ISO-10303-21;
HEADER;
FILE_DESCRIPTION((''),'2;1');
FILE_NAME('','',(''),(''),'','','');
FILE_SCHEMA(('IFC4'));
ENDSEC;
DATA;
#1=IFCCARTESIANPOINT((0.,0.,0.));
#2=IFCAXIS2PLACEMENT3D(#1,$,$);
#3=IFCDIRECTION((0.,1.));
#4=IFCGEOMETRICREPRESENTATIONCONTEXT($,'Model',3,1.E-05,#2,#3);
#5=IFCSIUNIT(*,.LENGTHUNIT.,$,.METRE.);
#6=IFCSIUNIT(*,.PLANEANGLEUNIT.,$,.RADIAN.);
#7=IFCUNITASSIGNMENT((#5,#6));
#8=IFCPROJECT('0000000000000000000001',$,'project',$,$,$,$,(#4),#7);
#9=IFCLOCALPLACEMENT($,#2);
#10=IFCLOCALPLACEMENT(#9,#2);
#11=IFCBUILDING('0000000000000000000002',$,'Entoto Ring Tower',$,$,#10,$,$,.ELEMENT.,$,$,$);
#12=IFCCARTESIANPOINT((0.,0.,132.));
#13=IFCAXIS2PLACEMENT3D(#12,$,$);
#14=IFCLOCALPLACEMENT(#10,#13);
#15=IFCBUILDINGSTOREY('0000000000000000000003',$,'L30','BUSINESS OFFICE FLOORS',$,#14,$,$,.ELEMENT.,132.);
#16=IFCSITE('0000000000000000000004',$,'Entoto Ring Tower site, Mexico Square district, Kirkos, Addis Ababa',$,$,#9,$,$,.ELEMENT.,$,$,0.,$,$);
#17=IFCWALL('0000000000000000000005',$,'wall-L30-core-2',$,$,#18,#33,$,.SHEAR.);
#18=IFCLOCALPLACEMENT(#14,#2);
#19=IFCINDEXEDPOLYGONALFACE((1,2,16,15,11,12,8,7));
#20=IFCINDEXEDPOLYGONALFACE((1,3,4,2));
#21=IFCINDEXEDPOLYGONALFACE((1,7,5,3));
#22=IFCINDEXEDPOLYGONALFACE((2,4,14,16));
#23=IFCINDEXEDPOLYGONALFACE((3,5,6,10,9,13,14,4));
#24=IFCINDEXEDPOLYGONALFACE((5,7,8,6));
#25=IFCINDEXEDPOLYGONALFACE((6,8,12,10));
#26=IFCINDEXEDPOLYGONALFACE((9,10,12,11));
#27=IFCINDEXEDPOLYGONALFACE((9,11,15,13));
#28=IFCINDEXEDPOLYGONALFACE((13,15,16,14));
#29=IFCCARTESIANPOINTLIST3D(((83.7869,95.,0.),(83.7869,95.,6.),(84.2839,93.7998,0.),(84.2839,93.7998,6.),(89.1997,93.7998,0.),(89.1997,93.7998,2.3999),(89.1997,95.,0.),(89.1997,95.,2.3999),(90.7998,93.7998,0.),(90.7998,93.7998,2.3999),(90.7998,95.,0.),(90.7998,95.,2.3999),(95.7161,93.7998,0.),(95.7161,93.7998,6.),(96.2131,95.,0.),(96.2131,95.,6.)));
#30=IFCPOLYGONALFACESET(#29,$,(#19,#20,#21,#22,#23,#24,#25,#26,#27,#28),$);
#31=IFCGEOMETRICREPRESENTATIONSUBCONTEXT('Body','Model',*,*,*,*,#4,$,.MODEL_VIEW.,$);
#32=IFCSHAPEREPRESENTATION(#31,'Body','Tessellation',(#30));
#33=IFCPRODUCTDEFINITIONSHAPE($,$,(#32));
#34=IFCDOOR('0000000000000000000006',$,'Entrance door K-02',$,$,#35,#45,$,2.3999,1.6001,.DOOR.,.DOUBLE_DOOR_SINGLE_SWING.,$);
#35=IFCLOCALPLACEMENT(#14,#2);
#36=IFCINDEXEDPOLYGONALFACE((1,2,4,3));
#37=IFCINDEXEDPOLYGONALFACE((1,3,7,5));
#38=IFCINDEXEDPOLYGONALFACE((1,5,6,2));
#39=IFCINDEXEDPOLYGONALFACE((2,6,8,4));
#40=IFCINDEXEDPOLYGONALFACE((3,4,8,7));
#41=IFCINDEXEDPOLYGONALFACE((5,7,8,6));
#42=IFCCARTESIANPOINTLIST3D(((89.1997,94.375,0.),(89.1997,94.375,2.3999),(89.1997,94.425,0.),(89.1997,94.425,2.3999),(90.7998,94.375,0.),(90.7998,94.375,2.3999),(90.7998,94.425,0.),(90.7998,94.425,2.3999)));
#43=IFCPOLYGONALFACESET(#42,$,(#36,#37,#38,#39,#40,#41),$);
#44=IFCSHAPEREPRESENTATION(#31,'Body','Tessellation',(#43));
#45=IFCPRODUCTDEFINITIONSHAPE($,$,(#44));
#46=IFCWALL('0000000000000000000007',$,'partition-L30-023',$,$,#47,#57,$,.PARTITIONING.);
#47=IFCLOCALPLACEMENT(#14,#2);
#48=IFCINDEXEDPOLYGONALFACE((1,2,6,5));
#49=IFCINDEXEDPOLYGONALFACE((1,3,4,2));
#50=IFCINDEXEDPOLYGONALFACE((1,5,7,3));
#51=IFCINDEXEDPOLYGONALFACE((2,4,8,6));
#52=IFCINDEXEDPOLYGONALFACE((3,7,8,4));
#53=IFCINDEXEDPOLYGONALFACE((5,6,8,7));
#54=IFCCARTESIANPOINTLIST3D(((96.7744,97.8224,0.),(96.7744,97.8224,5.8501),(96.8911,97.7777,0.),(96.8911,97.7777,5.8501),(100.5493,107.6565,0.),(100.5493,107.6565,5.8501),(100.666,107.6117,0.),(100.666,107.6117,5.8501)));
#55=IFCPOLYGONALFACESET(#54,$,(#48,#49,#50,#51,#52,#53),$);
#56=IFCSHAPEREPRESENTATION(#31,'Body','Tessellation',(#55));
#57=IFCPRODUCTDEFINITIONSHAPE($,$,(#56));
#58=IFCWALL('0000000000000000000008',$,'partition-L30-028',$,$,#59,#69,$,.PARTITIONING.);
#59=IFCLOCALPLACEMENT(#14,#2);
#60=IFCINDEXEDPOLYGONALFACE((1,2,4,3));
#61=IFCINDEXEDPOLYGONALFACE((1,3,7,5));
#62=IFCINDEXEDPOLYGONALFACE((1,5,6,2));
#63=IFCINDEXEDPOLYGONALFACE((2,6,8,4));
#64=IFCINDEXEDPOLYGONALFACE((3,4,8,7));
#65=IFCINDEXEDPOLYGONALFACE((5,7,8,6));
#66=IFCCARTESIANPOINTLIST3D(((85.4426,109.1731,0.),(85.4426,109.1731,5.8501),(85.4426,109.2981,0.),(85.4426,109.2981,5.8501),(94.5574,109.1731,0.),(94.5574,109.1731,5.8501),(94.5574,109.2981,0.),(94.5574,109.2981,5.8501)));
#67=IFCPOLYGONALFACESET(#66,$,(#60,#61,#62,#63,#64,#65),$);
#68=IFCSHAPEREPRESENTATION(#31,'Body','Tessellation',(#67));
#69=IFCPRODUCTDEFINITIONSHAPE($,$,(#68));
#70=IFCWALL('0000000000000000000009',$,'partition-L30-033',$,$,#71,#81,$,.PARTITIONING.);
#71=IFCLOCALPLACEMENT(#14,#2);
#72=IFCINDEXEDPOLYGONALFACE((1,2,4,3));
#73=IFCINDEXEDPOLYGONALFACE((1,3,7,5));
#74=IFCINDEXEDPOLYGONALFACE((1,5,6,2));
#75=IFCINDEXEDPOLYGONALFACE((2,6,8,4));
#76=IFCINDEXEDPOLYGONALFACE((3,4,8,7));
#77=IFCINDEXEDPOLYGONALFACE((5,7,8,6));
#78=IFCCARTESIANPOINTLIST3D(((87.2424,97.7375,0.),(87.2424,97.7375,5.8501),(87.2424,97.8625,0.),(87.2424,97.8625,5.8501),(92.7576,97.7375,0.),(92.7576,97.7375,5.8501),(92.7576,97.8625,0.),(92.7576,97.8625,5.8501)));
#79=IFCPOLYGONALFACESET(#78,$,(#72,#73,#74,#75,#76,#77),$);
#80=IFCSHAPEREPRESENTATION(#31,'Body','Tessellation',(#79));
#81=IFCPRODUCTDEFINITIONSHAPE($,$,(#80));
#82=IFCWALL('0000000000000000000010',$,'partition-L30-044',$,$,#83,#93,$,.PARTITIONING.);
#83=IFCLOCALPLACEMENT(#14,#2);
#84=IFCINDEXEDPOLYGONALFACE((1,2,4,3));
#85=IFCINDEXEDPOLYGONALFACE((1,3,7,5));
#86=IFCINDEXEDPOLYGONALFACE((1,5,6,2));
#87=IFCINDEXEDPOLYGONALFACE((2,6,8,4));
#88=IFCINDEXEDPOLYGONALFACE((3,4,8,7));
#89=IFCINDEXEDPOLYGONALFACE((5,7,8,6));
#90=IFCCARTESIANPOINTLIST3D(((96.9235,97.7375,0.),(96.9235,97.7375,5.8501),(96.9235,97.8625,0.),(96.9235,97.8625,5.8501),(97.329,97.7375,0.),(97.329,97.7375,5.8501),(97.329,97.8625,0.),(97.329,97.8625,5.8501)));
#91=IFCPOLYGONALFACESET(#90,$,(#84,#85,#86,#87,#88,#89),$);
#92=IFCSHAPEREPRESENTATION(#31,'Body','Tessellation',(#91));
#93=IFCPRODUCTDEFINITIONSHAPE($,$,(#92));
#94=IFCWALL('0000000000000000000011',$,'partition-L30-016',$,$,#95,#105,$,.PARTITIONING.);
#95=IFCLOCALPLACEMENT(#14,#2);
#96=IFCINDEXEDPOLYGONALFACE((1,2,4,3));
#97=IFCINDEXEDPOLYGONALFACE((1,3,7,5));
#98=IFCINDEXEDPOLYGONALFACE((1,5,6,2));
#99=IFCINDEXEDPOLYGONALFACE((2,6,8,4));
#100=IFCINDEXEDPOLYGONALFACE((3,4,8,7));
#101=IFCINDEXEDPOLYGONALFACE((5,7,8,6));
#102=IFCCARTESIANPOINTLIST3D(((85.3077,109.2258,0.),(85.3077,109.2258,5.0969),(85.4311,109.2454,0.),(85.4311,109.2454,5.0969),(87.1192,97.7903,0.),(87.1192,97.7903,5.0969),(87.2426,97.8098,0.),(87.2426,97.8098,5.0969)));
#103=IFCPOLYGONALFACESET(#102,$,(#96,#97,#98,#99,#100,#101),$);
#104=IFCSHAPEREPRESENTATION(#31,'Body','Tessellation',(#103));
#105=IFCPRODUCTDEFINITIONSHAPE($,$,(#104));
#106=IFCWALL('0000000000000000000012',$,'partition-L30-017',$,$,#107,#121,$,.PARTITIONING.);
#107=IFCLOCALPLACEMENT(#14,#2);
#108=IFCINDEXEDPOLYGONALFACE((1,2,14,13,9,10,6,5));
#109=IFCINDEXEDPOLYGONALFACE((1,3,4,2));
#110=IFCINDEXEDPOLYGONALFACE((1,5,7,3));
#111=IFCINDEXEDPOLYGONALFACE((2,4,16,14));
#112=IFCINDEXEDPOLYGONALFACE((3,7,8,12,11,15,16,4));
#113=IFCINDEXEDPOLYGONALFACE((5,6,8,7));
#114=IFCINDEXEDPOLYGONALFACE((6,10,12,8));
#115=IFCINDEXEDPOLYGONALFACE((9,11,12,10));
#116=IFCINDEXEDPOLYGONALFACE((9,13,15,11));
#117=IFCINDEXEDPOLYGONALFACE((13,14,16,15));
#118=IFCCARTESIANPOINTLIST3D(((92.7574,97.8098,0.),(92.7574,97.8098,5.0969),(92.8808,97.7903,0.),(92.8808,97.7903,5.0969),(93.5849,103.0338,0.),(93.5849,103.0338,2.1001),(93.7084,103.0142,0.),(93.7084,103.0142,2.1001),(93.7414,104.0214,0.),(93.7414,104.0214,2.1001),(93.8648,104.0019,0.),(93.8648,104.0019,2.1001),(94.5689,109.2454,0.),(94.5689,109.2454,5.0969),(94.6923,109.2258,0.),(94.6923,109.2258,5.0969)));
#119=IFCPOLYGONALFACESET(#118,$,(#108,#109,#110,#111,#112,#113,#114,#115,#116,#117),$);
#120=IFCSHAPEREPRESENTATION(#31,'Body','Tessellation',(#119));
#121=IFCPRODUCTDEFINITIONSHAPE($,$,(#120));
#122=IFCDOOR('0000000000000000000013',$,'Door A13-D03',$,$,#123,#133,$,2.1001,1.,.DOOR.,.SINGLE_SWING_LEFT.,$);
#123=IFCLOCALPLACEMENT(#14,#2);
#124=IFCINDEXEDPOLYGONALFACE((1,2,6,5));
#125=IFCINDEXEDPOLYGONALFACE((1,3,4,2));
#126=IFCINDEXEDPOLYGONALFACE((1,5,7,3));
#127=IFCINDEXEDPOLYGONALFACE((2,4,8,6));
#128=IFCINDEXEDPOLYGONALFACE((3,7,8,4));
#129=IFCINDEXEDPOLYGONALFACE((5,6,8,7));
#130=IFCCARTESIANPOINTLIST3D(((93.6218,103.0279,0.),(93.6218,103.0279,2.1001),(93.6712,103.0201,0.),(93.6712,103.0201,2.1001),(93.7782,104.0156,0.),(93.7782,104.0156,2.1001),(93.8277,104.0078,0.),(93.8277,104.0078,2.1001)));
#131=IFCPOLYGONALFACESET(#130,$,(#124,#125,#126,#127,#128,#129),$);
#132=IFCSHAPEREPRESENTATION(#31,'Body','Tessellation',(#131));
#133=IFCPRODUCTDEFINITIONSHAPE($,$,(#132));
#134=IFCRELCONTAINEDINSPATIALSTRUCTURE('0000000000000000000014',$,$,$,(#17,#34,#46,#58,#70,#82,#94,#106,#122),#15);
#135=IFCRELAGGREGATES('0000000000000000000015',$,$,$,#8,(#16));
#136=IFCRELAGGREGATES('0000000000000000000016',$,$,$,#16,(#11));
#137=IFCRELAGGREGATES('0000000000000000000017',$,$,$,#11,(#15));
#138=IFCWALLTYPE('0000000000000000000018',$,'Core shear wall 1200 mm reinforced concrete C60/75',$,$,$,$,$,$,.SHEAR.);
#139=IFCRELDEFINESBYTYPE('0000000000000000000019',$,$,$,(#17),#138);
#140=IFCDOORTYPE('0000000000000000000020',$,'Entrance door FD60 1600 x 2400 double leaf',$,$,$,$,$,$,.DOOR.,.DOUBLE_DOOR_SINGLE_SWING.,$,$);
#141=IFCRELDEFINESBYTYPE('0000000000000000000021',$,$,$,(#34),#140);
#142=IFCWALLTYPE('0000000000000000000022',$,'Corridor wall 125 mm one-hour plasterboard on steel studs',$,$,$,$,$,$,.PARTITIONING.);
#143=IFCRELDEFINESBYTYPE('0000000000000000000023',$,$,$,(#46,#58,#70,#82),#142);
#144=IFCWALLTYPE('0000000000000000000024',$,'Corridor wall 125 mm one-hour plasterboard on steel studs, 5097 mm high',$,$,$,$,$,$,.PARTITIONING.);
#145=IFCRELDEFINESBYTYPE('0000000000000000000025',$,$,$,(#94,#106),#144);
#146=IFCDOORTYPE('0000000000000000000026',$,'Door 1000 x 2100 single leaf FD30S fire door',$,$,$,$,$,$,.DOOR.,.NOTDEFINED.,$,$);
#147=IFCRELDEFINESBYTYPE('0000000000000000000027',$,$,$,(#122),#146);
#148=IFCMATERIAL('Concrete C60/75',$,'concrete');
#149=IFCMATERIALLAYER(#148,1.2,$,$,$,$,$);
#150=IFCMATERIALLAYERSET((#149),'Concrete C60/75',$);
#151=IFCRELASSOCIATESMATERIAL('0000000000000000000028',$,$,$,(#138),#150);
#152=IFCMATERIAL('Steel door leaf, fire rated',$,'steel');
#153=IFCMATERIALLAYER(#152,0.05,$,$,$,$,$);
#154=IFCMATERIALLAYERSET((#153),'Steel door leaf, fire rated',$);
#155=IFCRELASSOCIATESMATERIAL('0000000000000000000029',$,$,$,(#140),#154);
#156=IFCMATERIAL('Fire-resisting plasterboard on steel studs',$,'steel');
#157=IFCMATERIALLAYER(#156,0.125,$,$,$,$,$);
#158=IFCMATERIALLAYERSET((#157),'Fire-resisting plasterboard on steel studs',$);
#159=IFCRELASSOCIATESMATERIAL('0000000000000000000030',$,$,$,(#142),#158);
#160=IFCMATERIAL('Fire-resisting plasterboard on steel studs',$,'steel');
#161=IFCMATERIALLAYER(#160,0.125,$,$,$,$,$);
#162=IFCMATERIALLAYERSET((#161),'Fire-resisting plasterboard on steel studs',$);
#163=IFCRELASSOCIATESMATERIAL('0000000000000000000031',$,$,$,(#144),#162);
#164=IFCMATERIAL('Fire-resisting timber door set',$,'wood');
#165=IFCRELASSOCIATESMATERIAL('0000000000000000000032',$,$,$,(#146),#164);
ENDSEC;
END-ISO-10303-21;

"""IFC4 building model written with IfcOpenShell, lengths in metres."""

from ifc_helpers import new_model, si_unit, direction, frame, frame_2d, origin, place, context, subcontext, project, spatial, polyline, rectangle, outline, extrude, material, layer, layer_set, type_object, element, fill, save


model = new_model("IFC4")

# Units and contexts
model_context = context("Model", 3, precision=1e-05, world=origin(), true_north=direction((0.0, 1.0)))
body_context = subcontext(model_context, "Body", "Model", "MODEL_VIEW")
ifc_project = project(units=[si_unit("LENGTHUNIT", "METRE"), si_unit("PLANEANGLEUNIT", "RADIAN")], contexts=[model_context])

# Site, building, storey
site_placement = place(None, origin())
site = spatial("IfcSite", under=ifc_project, at=site_placement, Name="Entoto Ring Tower site, Mexico Square district, Kirkos, Addis Ababa", CompositionType="ELEMENT", RefElevation=0.0)
building_placement = place(site_placement, origin())
building = spatial("IfcBuilding", under=site, at=building_placement, Name="Entoto Ring Tower", CompositionType="ELEMENT")
storey_placement = place(building_placement, frame((0.0, 0.0, 132.0)))
storey = spatial("IfcBuildingStorey", under=building, at=storey_placement, Name="L30", Description="BUSINESS OFFICE FLOORS", CompositionType="ELEMENT", Elevation=132.0)

# Wall, opening, door
ifc_material_1 = material(Name="Concrete C60/75", Category="concrete")
ifc_layer_1 = layer(ifc_material_1, 1.2)
ifc_layer_set_1 = layer_set([ifc_layer_1], Name="Concrete C60/75")
wall_type_1 = type_object("IfcWallType", Name="Core shear wall 1200 mm reinforced concrete C60/75", PredefinedType="SHEAR", material=ifc_layer_set_1)
wall_1_placement = place(storey_placement, frame((95.9646, 94.3999, 0.0), z_axis=(0.0, 0.0, 1.0), x_axis=(-1.0, 0.0, 0.0)))
wall_1 = element("IfcWall", 1, at=wall_1_placement, inside=storey, type_object=wall_type_1, Name="wall-L30-core-2", PredefinedType="SHEAR", context=body_context, shape_type="SweptSolid", body=[
    extrude(outline(polyline([(-0.2485, -0.6001), (12.1777, -0.6001), (11.6807, 0.6001), (0.2485, 0.6001), (-0.2485, -0.6001)])), origin(), (0.0, 0.0, 1.0), 6.0),
])
opening_1_placement = place(wall_1_placement, frame((5.1648, 0.0, 0.0)))
opening_1 = element("IfcOpeningElement", 2, at=opening_1_placement, cuts=wall_1, PredefinedType="OPENING", context=body_context, shape_type="SweptSolid", body=[
    extrude(rectangle(XDim=1.6001, YDim=2.3999, at=frame_2d((0.8, 1.2))), frame((0.0, 0.6099, 0.0), z_axis=(0.0, -1.0, 0.0), x_axis=(1.0, 0.0, 0.0)), (0.0, 0.0, 1.0), 1.22),
])
ifc_material_2 = material(Name="Steel door leaf, fire rated", Category="steel")
ifc_layer_2 = layer(ifc_material_2, 0.05)
ifc_layer_set_2 = layer_set([ifc_layer_2], Name="Steel door leaf, fire rated")
door_type_1 = type_object("IfcDoorType", Name="Entrance door FD60 1600 x 2400 double leaf", OperationType="DOUBLE_DOOR_SINGLE_SWING", PredefinedType="DOOR", material=ifc_layer_set_2)
door_1_placement = place(opening_1_placement, origin())
door_1 = element("IfcDoor", 3, at=door_1_placement, inside=storey, type_object=door_type_1, Name="Entrance door K-02", OperationType="DOUBLE_DOOR_SINGLE_SWING", OverallHeight=2.3999, OverallWidth=1.6001, PredefinedType="DOOR", context=body_context, shape_type="SweptSolid", body=[
    extrude(rectangle(XDim=1.6001, YDim=2.3999, at=frame_2d((0.8, 1.2))), frame((0.0, 0.0249, 0.0), z_axis=(0.0, -1.0, 0.0), x_axis=(1.0, 0.0, 0.0)), (0.0, 0.0, 1.0), 0.05),
])
fill(opening_1, door_1)

# Walls
ifc_material_3 = material(Name="Fire-resisting plasterboard on steel studs", Category="steel")
ifc_layer_3 = layer(ifc_material_3, 0.125)
ifc_layer_set_3 = layer_set([ifc_layer_3], Name="Fire-resisting plasterboard on steel studs")
wall_type_2 = type_object("IfcWallType", Name="Corridor wall 125 mm one-hour plasterboard on steel studs", PredefinedType="PARTITIONING", material=ifc_layer_set_3)
wall_2_placement = place(storey_placement, frame((96.8328, 97.8, 0.0), z_axis=(0.0, 0.0, 1.0), x_axis=(0.358367, 0.933581, 0.0)))
element("IfcWall", 4, at=wall_2_placement, inside=storey, type_object=wall_type_2, Name="partition-L30-023", PredefinedType="PARTITIONING", context=body_context, shape_type="SweptSolid", body=[
    extrude(rectangle(XDim=10.5337, YDim=0.125, at=frame_2d((5.2668, 0.0))), origin(), (0.0, 0.0, 1.0), 5.8501),
])
wall_3_placement = place(storey_placement, frame((85.4426, 109.2356, 0.0), z_axis=(0.0, 0.0, 1.0), x_axis=(1.0, 0.0, 0.0)))
element("IfcWall", 5, at=wall_3_placement, inside=storey, type_object=wall_type_2, Name="partition-L30-028", PredefinedType="PARTITIONING", context=body_context, shape_type="SweptSolid", body=[
    extrude(rectangle(XDim=9.1147, YDim=0.125, at=frame_2d((4.5574, 0.0))), origin(), (0.0, 0.0, 1.0), 5.8501),
])
wall_4_placement = place(storey_placement, frame((87.2424, 97.8, 0.0), z_axis=(0.0, 0.0, 1.0), x_axis=(1.0, 0.0, 0.0)))
element("IfcWall", 6, at=wall_4_placement, inside=storey, type_object=wall_type_2, Name="partition-L30-033", PredefinedType="PARTITIONING", context=body_context, shape_type="SweptSolid", body=[
    extrude(rectangle(XDim=5.5151, YDim=0.125, at=frame_2d((2.7576, 0.0))), origin(), (0.0, 0.0, 1.0), 5.8501),
])
wall_5_placement = place(storey_placement, frame((96.9236, 97.8, 0.0), z_axis=(0.0, 0.0, 1.0), x_axis=(1.0, 0.0, 0.0)))
element("IfcWall", 7, at=wall_5_placement, inside=storey, type_object=wall_type_2, Name="partition-L30-044", PredefinedType="PARTITIONING", context=body_context, shape_type="SweptSolid", body=[
    extrude(rectangle(XDim=0.4055, YDim=0.125, at=frame_2d((0.2026, 0.0))), origin(), (0.0, 0.0, 1.0), 5.8501),
])
ifc_material_4 = material(Name="Fire-resisting plasterboard on steel studs", Category="steel")
ifc_layer_4 = layer(ifc_material_4, 0.125)
ifc_layer_set_4 = layer_set([ifc_layer_4], Name="Fire-resisting plasterboard on steel studs")
wall_type_3 = type_object("IfcWallType", Name="Corridor wall 125 mm one-hour plasterboard on steel studs, 5097 mm high", PredefinedType="PARTITIONING", material=ifc_layer_set_4)
wall_6_placement = place(storey_placement, frame((87.1809, 97.8, 0.0), z_axis=(0.0, 0.0, 1.0), x_axis=(-0.156461, 0.987684, 0.0)))
element("IfcWall", 8, at=wall_6_placement, inside=storey, type_object=wall_type_3, Name="partition-L30-016", PredefinedType="PARTITIONING", context=body_context, shape_type="SweptSolid", body=[
    extrude(rectangle(XDim=11.5781, YDim=0.125, at=frame_2d((5.7891, 0.0))), origin(), (0.0, 0.0, 1.0), 5.0969),
])

# Wall, opening, door
wall_7_placement = place(storey_placement, frame((92.8191, 97.8, 0.0), z_axis=(0.0, 0.0, 1.0), x_axis=(0.156461, 0.987684, 0.0)))
wall_7 = element("IfcWall", 9, at=wall_7_placement, inside=storey, type_object=wall_type_3, Name="partition-L30-017", PredefinedType="PARTITIONING", context=body_context, shape_type="SweptSolid", body=[
    extrude(rectangle(XDim=11.5781, YDim=0.125, at=frame_2d((5.7891, 0.0))), origin(), (0.0, 0.0, 1.0), 5.0969),
])
opening_2_placement = place(wall_7_placement, frame((5.2891, 0.0, 0.0)))
opening_2 = element("IfcOpeningElement", 10, at=opening_2_placement, cuts=wall_7, PredefinedType="OPENING", context=body_context, shape_type="SweptSolid", body=[
    extrude(rectangle(XDim=1.0, YDim=2.1001, at=frame_2d((0.5, 1.05))), frame((0.0, 0.0725, 0.0), z_axis=(0.0, -1.0, 0.0), x_axis=(1.0, 0.0, 0.0)), (0.0, 0.0, 1.0), 0.145),
])
ifc_material_5 = material(Name="Fire-resisting timber door set", Category="wood")
door_type_2 = type_object("IfcDoorType", Name="Door 1000 x 2100 single leaf FD30S fire door", OperationType="NOTDEFINED", PredefinedType="DOOR", material=ifc_material_5)
door_2_placement = place(opening_2_placement, frame((1.0, 0.0, 0.0), z_axis=(0.0, 0.0, 1.0), x_axis=(-1.0, 0.0, 0.0)))
door_2 = element("IfcDoor", 11, at=door_2_placement, inside=storey, type_object=door_type_2, Name="Door A13-D03", OperationType="SINGLE_SWING_LEFT", OverallHeight=2.1001, OverallWidth=1.0, PredefinedType="DOOR", context=body_context, shape_type="SweptSolid", body=[
    extrude(rectangle(XDim=1.0, YDim=2.1001, at=frame_2d((0.5, 1.05))), frame((0.0, 0.0249, 0.0), z_axis=(0.0, -1.0, 0.0), x_axis=(1.0, 0.0, 0.0)), (0.0, 0.0, 1.0), 0.05),
])
fill(opening_2, door_2)

save(model, "model.ifc")
